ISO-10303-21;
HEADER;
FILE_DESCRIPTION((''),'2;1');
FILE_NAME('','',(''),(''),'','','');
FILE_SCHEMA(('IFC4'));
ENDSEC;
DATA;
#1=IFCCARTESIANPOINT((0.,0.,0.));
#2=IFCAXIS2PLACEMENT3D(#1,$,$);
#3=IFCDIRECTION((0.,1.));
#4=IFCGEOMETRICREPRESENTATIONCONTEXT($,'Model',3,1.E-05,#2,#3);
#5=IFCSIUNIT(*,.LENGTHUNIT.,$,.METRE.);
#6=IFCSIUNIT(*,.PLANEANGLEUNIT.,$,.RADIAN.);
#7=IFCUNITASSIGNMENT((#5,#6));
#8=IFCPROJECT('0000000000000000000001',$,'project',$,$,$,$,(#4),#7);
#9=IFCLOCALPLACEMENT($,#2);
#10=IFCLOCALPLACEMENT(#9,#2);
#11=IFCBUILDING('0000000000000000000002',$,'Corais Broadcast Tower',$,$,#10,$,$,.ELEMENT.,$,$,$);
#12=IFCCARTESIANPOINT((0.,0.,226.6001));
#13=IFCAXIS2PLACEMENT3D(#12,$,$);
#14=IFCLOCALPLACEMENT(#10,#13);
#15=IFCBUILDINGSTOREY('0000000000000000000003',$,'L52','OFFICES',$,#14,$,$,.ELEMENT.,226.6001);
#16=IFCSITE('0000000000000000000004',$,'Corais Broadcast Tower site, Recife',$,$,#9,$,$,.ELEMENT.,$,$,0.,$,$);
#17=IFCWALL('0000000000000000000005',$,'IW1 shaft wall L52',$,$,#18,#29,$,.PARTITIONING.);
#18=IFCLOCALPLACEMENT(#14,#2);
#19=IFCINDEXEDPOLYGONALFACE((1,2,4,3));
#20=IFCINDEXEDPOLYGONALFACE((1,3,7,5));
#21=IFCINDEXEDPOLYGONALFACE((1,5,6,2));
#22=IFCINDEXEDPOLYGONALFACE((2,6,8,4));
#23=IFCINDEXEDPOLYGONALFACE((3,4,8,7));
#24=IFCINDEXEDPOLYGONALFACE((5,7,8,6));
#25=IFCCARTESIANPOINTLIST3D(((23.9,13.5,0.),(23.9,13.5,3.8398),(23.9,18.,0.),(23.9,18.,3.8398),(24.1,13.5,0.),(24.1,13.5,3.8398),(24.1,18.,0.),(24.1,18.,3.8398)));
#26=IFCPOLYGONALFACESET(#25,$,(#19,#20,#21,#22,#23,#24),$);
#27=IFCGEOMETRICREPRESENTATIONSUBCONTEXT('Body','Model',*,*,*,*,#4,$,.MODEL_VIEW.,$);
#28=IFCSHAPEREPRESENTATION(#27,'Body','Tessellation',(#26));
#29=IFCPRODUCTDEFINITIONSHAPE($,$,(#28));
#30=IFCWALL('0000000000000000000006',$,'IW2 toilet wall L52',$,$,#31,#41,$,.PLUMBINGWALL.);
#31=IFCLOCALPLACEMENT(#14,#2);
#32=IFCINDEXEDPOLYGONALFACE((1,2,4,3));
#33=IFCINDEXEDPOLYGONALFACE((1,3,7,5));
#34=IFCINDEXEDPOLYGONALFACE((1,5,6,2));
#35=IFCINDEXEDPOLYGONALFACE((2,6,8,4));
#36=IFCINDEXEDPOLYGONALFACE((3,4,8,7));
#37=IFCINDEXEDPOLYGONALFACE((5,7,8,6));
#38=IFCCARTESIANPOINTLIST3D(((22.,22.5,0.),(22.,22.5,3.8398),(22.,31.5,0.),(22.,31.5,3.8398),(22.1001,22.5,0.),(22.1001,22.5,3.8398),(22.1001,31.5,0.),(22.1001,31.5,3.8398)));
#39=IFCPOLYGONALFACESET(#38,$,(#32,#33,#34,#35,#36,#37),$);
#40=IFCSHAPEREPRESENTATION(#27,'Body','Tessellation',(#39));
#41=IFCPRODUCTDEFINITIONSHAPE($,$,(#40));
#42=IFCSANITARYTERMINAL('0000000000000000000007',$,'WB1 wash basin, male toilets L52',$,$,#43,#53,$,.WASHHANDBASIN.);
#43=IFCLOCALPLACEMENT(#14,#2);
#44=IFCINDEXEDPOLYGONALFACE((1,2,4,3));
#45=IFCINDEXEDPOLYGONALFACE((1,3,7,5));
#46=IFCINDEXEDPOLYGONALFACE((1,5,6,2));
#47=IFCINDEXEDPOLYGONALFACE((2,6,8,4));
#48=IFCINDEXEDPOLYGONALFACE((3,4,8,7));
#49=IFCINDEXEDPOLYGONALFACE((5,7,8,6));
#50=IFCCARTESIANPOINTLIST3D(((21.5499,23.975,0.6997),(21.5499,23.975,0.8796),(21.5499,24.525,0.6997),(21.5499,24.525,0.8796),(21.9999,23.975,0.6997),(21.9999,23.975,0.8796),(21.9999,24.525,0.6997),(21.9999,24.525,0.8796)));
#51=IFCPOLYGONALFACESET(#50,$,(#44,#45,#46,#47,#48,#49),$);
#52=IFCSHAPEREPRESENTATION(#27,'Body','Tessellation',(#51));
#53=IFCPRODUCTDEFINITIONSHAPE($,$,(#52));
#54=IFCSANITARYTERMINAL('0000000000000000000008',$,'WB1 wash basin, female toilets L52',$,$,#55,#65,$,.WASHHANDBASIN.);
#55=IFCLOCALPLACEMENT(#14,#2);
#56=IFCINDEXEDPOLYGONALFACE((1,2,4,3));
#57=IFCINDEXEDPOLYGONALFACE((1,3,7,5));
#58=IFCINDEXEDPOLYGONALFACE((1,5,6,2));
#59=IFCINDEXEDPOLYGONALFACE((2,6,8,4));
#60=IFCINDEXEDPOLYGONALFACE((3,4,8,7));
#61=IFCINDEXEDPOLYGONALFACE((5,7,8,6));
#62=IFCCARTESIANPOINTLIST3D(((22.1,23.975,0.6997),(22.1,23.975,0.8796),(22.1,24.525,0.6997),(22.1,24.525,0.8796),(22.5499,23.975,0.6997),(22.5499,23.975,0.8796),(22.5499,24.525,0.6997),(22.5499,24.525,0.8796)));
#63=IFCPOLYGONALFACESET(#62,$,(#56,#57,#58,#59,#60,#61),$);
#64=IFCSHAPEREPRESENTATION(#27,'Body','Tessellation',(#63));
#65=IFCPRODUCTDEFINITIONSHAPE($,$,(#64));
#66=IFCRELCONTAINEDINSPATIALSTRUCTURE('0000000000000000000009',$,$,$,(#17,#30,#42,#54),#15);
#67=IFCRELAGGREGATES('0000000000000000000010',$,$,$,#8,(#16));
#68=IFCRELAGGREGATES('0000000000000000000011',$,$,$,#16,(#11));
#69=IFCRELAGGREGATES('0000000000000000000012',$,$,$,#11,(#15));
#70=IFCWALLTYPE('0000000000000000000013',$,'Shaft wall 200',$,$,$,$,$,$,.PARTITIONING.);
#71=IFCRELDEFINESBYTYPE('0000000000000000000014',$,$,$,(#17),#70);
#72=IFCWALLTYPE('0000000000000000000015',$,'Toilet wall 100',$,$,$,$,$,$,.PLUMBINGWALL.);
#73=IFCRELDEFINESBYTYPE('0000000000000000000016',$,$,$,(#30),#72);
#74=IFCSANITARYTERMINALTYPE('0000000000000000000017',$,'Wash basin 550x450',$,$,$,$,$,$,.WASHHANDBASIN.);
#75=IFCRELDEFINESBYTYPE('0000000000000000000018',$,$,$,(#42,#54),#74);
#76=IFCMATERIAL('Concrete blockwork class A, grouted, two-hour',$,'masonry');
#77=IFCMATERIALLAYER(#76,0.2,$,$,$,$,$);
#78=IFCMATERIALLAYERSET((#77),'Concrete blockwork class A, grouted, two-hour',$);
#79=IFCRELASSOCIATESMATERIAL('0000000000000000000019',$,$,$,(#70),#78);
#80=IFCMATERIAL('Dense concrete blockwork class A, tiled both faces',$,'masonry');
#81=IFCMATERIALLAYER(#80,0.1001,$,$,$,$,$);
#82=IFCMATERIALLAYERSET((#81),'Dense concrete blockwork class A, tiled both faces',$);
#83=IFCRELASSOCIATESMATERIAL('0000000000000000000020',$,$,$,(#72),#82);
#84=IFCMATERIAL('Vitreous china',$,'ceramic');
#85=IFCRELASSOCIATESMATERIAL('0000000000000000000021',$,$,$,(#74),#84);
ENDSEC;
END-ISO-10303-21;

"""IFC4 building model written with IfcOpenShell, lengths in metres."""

from ifc_helpers import new_model, si_unit, direction, frame, frame_2d, origin, origin_2d, place, context, subcontext, project, spatial, rectangle, extrude, material, layer, layer_set, type_object, element, save


model = new_model("IFC4")

# Units and contexts
model_context = context("Model", 3, precision=1e-05, world=origin(), true_north=direction((0.0, 1.0)))
body_context = subcontext(model_context, "Body", "Model", "MODEL_VIEW")
ifc_project = project(units=[si_unit("LENGTHUNIT", "METRE"), si_unit("PLANEANGLEUNIT", "RADIAN")], contexts=[model_context])

# Site, building, storey
site_placement = place(None, origin())
site = spatial("IfcSite", under=ifc_project, at=site_placement, Name="Corais Broadcast Tower site, Recife", CompositionType="ELEMENT", RefElevation=0.0)
building_placement = place(site_placement, origin())
building = spatial("IfcBuilding", under=site, at=building_placement, Name="Corais Broadcast Tower", CompositionType="ELEMENT")
storey_placement = place(building_placement, frame((0.0, 0.0, 226.6001)))
storey = spatial("IfcBuildingStorey", under=building, at=storey_placement, Name="L52", Description="OFFICES", CompositionType="ELEMENT", Elevation=226.6001)

# Walls
ifc_material_1 = material(Name="Concrete blockwork class A, grouted, two-hour", Category="masonry")
ifc_layer_1 = layer(ifc_material_1, 0.2)
ifc_layer_set_1 = layer_set([ifc_layer_1], Name="Concrete blockwork class A, grouted, two-hour")
wall_type_1 = type_object("IfcWallType", Name="Shaft wall 200", PredefinedType="PARTITIONING", material=ifc_layer_set_1)
wall_1_placement = place(storey_placement, frame((24.0, 13.5, 0.0), z_axis=(0.0, 0.0, 1.0), x_axis=(0.0, 1.0, 0.0)))
element("IfcWall", 1, at=wall_1_placement, inside=storey, type_object=wall_type_1, Name="IW1 shaft wall L52", PredefinedType="PARTITIONING", context=body_context, shape_type="SweptSolid", body=[
    extrude(rectangle(XDim=4.5, YDim=0.2, at=frame_2d((2.25, 0.0))), origin(), (0.0, 0.0, 1.0), 3.8398),
])
ifc_material_2 = material(Name="Dense concrete blockwork class A, tiled both faces", Category="masonry")
ifc_layer_2 = layer(ifc_material_2, 0.1001)
ifc_layer_set_2 = layer_set([ifc_layer_2], Name="Dense concrete blockwork class A, tiled both faces")
wall_type_2 = type_object("IfcWallType", Name="Toilet wall 100", PredefinedType="PLUMBINGWALL", material=ifc_layer_set_2)
wall_2_placement = place(storey_placement, frame((22.05, 22.5, 0.0), z_axis=(0.0, 0.0, 1.0), x_axis=(0.0, 1.0, 0.0)))
element("IfcWall", 2, at=wall_2_placement, inside=storey, type_object=wall_type_2, Name="IW2 toilet wall L52", PredefinedType="PLUMBINGWALL", context=body_context, shape_type="SweptSolid", body=[
    extrude(rectangle(XDim=9.0, YDim=0.1001, at=frame_2d((4.5, 0.0))), origin(), (0.0, 0.0, 1.0), 3.8398),
])

# Sanitary terminals
ifc_material_3 = material(Name="Vitreous china", Category="ceramic")
sanitary_terminal_type = type_object("IfcSanitaryTerminalType", Name="Wash basin 550x450", PredefinedType="WASHHANDBASIN", material=ifc_material_3)
for number, where, z_axis, x_axis, name in (
    (3, (21.7749, 24.25, 0.6997), (0.0, 0.0, 1.0), (1.0, 0.0, 0.0), "WB1 wash basin, male toilets L52"),
    (4, (22.325, 24.25, 0.6997), (0.0, 0.0, 1.0), (1.0, 0.0, 0.0), "WB1 wash basin, female toilets L52"),
):
    element("IfcSanitaryTerminal", number, at=place(storey_placement, frame(where, z_axis=z_axis, x_axis=x_axis)), inside=storey, type_object=sanitary_terminal_type, Name=name, PredefinedType="WASHHANDBASIN", context=body_context, shape_type="SweptSolid", body=[
        extrude(rectangle(XDim=0.45, YDim=0.55, at=origin_2d()), origin(), (0.0, 0.0, 1.0), 0.1799),
    ])

save(model, "model.ifc")
